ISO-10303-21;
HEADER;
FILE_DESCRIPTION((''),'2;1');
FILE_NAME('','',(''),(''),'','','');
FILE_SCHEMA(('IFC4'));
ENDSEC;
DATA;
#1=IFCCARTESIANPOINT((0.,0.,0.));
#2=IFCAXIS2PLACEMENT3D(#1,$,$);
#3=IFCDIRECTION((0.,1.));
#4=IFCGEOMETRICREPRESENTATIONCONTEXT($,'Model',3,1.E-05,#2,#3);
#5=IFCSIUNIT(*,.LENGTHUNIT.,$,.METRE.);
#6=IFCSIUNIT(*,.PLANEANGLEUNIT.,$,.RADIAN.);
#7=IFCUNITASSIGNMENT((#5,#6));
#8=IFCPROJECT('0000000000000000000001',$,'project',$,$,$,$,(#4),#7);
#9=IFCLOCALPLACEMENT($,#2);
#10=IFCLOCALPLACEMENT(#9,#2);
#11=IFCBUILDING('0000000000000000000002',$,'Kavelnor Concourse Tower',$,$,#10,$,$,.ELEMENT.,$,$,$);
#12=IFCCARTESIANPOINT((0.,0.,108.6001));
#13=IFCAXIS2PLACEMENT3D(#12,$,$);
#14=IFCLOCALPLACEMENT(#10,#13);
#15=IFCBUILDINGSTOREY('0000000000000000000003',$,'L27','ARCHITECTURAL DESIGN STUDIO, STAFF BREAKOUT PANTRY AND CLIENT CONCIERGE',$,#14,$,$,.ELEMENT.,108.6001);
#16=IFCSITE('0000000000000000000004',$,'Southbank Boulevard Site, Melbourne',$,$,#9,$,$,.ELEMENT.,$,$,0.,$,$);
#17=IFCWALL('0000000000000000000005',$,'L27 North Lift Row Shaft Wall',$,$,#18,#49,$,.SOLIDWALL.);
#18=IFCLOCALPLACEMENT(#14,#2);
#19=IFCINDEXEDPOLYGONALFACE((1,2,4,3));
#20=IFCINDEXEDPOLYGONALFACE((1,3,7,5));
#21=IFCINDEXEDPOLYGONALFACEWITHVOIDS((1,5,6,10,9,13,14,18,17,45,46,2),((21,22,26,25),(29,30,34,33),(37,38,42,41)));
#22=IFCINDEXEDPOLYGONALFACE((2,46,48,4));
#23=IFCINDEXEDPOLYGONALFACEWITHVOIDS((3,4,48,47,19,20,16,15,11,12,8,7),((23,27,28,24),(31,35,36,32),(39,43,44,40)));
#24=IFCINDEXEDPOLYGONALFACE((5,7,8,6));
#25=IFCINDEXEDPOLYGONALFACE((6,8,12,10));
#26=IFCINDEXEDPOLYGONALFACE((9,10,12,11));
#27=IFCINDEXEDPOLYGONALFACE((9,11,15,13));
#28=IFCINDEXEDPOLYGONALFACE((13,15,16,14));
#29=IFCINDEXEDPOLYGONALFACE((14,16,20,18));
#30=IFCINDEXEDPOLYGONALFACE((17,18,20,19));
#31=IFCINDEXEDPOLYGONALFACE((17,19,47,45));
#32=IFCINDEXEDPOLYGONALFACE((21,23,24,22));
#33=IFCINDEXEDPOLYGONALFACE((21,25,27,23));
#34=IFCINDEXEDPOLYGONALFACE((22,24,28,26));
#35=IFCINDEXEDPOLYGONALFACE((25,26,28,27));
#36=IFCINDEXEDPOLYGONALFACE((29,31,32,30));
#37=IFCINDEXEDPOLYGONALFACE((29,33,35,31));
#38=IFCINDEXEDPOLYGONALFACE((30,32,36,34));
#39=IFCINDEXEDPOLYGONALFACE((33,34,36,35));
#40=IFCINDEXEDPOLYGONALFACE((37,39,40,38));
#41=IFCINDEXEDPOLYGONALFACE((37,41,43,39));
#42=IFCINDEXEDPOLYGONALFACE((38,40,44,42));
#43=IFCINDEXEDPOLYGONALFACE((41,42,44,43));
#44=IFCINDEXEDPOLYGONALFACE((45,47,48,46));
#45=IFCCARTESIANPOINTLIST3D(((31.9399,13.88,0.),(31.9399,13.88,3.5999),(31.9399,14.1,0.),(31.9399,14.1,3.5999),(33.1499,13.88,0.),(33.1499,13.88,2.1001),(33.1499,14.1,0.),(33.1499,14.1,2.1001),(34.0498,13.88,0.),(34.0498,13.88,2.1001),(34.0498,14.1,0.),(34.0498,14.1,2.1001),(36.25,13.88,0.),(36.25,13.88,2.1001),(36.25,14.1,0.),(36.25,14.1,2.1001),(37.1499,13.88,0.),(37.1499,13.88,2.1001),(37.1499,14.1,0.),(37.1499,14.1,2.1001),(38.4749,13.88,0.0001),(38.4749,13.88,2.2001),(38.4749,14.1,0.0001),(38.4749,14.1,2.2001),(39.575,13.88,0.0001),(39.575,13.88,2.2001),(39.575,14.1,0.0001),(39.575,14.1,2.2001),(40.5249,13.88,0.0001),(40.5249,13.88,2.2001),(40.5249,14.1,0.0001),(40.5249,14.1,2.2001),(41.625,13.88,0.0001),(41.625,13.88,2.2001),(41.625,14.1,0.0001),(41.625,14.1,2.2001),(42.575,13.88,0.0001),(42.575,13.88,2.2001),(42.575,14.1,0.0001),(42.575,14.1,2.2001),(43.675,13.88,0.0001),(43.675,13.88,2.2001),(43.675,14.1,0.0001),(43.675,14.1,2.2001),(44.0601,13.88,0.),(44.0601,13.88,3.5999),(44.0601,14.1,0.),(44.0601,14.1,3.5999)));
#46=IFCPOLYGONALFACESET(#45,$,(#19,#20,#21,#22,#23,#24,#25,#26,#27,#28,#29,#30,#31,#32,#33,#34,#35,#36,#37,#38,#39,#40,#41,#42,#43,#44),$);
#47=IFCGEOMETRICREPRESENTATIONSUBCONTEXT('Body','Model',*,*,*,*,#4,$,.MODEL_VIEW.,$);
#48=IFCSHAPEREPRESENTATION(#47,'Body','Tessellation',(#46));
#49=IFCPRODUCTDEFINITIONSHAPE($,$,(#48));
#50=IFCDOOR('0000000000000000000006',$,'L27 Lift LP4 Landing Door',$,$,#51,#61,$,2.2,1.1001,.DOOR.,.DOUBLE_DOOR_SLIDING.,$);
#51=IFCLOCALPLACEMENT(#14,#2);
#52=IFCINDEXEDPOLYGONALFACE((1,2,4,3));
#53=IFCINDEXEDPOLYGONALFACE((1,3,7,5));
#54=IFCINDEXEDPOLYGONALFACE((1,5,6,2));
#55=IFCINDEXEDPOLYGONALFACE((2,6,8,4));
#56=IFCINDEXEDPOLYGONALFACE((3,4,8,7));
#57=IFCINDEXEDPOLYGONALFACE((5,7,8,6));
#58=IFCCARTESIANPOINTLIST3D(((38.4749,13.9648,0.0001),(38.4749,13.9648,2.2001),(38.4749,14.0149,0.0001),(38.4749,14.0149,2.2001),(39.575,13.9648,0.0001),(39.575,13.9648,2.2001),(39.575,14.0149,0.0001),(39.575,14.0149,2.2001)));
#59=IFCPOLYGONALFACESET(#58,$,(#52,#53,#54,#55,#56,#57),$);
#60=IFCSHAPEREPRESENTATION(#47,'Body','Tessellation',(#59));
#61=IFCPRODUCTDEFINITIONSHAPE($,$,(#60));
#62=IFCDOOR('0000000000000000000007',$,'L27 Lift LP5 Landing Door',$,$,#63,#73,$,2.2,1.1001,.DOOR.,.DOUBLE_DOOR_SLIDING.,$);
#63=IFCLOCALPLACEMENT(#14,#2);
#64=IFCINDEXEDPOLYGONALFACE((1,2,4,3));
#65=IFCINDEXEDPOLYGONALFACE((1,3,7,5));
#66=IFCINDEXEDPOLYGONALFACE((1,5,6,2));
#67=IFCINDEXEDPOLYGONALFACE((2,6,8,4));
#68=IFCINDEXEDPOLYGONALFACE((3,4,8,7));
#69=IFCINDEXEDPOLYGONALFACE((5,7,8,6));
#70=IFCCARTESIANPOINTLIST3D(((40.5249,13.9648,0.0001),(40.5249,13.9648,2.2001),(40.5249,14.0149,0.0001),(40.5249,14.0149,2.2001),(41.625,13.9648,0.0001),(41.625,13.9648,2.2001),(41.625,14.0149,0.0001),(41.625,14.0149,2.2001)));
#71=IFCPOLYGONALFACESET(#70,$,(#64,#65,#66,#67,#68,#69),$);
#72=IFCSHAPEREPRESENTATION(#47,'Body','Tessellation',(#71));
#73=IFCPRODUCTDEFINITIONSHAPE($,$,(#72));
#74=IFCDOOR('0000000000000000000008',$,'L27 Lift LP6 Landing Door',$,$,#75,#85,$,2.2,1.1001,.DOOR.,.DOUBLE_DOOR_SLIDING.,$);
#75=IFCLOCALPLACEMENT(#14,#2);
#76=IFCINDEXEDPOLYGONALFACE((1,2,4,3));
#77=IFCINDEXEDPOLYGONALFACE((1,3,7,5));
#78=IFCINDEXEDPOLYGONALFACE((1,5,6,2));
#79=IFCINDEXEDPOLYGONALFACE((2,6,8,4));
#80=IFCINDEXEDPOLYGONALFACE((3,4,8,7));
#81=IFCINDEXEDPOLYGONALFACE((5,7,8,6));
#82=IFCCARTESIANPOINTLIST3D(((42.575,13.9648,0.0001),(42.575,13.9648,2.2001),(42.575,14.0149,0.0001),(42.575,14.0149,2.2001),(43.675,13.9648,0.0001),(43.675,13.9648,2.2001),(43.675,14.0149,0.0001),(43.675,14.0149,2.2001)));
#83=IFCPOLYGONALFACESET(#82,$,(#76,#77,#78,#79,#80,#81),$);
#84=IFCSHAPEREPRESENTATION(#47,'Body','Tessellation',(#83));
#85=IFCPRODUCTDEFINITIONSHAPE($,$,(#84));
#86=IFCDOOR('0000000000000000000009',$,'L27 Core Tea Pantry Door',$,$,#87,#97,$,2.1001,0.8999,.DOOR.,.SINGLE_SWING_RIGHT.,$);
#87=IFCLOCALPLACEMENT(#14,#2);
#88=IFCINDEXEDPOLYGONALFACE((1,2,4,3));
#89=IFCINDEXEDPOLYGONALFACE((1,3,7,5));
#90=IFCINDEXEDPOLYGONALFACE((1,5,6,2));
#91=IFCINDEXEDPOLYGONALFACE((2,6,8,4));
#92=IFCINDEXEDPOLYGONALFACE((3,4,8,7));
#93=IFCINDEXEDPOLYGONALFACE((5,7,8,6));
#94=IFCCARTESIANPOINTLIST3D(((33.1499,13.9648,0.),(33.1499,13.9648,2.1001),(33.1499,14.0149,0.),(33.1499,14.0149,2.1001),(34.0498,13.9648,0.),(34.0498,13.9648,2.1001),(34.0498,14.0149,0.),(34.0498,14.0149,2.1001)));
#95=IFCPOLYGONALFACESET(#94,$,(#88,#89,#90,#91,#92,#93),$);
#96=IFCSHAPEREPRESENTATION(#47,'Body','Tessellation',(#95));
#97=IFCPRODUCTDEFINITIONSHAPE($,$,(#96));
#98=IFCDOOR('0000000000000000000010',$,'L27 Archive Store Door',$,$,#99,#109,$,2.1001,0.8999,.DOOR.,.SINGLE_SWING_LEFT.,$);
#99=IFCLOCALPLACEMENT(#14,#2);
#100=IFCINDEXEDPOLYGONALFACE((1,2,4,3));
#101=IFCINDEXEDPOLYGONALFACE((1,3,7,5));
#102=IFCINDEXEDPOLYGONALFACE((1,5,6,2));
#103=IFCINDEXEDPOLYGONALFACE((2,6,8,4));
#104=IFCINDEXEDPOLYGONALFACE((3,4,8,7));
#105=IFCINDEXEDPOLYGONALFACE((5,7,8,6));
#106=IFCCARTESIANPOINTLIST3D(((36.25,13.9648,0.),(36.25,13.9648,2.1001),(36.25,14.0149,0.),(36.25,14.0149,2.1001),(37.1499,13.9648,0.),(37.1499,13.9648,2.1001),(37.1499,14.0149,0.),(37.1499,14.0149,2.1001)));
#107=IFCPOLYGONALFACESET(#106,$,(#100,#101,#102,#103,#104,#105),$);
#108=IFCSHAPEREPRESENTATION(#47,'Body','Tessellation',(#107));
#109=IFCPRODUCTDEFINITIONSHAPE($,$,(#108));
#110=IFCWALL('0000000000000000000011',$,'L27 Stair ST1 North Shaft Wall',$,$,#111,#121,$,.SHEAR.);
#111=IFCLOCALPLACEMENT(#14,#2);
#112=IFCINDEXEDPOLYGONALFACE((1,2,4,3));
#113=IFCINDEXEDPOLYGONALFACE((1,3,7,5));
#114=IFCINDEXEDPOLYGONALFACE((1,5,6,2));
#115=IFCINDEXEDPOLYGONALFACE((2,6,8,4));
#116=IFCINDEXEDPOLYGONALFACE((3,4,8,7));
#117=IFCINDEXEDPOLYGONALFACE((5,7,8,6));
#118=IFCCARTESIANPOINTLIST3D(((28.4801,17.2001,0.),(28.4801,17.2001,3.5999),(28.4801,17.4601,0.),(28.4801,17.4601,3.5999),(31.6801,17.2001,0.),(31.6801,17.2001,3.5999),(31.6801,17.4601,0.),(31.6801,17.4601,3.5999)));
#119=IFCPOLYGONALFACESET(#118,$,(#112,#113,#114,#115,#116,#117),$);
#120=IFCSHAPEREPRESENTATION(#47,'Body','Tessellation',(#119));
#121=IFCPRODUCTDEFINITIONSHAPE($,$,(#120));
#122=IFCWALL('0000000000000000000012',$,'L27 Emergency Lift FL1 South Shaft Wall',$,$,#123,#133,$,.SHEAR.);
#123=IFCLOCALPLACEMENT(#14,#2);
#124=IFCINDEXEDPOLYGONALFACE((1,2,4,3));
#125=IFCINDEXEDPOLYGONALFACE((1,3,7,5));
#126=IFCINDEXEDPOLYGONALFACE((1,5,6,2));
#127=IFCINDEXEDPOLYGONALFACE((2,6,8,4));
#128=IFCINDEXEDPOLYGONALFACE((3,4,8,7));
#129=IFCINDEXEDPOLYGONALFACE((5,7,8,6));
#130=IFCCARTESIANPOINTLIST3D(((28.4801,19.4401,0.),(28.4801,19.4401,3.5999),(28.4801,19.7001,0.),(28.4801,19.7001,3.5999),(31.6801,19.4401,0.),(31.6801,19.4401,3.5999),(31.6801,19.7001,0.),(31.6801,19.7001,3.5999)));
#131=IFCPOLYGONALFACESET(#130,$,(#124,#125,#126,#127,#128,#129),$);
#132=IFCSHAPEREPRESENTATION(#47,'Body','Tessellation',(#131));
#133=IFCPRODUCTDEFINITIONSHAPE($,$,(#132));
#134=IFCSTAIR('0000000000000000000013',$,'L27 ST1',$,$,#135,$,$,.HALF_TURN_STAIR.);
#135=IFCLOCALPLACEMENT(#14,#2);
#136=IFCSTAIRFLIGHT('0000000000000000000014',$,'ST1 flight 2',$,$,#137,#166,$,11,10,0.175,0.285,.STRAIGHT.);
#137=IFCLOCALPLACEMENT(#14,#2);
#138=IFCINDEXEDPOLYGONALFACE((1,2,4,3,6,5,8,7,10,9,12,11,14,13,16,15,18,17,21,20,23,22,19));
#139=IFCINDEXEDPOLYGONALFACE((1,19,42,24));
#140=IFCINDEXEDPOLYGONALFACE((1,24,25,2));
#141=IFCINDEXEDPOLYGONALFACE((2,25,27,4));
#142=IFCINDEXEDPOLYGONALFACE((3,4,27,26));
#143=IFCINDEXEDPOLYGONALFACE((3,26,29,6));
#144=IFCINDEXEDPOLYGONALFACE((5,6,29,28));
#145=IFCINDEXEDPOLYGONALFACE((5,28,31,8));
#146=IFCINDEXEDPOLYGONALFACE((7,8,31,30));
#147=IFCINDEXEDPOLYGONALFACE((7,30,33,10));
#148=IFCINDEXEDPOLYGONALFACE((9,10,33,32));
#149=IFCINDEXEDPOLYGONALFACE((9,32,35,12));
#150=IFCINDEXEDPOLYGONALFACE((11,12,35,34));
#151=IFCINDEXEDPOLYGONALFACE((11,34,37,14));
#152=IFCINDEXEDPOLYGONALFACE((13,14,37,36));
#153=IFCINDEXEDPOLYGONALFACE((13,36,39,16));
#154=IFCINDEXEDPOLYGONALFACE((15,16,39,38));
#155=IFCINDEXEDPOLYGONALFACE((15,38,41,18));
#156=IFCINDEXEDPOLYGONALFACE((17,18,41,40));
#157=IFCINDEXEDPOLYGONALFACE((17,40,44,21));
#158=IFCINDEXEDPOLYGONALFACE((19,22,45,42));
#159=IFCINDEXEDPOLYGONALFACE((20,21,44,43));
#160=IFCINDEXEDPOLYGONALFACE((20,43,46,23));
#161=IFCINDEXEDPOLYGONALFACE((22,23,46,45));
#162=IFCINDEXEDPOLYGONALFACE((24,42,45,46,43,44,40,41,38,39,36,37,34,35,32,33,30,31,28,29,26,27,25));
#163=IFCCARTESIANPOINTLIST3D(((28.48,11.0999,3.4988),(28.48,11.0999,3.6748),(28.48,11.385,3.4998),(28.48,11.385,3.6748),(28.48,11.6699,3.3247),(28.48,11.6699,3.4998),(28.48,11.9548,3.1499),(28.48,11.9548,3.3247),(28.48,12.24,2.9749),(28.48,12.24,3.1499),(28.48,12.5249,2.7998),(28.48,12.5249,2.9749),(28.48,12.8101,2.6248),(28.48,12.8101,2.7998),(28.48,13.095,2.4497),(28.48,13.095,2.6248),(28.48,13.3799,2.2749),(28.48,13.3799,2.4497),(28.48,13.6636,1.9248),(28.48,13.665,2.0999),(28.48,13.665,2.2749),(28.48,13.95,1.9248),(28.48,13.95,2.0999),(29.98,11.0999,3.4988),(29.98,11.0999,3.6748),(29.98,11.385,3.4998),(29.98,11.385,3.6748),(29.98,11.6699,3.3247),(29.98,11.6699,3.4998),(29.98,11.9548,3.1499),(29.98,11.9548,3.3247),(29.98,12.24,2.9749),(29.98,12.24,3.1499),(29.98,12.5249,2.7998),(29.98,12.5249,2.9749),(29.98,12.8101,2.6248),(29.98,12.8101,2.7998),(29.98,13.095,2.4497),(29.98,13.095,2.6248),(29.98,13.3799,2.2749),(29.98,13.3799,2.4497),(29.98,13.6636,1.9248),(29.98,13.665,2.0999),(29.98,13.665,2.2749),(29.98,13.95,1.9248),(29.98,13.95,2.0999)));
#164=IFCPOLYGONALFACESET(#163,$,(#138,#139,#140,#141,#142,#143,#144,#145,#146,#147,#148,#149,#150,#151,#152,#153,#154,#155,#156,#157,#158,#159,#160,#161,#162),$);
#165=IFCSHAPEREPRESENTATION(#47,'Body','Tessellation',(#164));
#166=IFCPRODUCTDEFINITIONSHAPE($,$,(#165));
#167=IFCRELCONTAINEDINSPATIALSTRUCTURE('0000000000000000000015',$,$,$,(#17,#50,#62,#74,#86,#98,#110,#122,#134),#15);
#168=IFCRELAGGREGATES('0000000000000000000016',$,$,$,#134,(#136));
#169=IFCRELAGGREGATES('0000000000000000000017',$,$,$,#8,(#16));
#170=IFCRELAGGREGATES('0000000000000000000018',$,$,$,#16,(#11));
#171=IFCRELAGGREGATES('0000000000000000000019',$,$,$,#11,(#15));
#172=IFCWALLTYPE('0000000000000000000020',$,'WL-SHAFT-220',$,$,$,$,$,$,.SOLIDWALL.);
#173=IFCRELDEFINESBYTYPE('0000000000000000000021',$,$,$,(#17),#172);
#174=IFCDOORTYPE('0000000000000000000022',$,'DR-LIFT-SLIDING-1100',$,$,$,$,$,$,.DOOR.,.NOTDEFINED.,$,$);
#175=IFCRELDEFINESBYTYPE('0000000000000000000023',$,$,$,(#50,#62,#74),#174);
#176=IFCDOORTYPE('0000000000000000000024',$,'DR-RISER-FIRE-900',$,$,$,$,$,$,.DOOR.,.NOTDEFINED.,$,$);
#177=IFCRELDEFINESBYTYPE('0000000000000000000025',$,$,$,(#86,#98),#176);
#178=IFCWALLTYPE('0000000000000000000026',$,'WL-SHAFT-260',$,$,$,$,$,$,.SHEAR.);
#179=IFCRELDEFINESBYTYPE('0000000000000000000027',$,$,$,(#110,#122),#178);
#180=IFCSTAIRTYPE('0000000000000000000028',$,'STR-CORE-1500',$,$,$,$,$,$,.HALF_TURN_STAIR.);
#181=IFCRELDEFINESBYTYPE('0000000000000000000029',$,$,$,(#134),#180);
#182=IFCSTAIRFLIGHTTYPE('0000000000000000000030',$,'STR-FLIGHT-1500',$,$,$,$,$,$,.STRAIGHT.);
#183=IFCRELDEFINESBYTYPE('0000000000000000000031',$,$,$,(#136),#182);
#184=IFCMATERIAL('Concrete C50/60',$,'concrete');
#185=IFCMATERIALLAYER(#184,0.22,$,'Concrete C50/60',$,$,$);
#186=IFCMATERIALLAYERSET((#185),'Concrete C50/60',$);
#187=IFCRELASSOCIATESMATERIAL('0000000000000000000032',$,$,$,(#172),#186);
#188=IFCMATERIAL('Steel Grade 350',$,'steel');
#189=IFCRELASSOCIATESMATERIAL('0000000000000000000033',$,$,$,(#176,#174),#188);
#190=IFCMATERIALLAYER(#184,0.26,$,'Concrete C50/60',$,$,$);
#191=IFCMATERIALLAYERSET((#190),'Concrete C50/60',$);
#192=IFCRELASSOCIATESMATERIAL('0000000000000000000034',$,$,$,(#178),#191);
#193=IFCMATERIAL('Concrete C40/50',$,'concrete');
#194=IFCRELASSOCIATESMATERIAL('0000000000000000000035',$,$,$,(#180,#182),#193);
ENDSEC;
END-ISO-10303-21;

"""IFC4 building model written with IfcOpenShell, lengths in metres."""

from ifc_helpers import new_model, si_unit, direction, frame, frame_2d, origin, place, context, subcontext, project, spatial, polyline, rectangle, outline, extrude, material, layer, layer_set, type_object, element, fill, aggregate, save


model = new_model("IFC4")

# Units and contexts
model_context = context("Model", 3, precision=1e-05, world=origin(), true_north=direction((0.0, 1.0)))
body_context = subcontext(model_context, "Body", "Model", "MODEL_VIEW")
ifc_project = project(units=[si_unit("LENGTHUNIT", "METRE"), si_unit("PLANEANGLEUNIT", "RADIAN")], contexts=[model_context])

# Site, building, storey
site_placement = place(None, origin())
site = spatial("IfcSite", under=ifc_project, at=site_placement, Name="Southbank Boulevard Site, Melbourne", CompositionType="ELEMENT", RefElevation=0.0)
building_placement = place(site_placement, origin())
building = spatial("IfcBuilding", under=site, at=building_placement, Name="Kavelnor Concourse Tower", CompositionType="ELEMENT")
storey_placement = place(building_placement, frame((0.0, 0.0, 108.6001)))
storey = spatial("IfcBuildingStorey", under=building, at=storey_placement, Name="L27", Description="ARCHITECTURAL DESIGN STUDIO, STAFF BREAKOUT PANTRY AND CLIENT CONCIERGE", CompositionType="ELEMENT", Elevation=108.6001)

# Shared definitions
ifc_material_1 = material(Name="Steel Grade 350", Category="steel")

# Shared definitions
ifc_material_2 = material(Name="Concrete C50/60", Category="concrete")
ifc_layer_1 = layer(ifc_material_2, 0.22, Name="Concrete C50/60")
ifc_layer_set_1 = layer_set([ifc_layer_1], Name="Concrete C50/60")
wall_type_1 = type_object("IfcWallType", Name="WL-SHAFT-220", PredefinedType="SOLIDWALL", material=ifc_layer_set_1)
door_type_1 = type_object("IfcDoorType", Name="DR-RISER-FIRE-900", OperationType="NOTDEFINED", PredefinedType="DOOR", material=ifc_material_1)

# Wall, openings, doors
wall_1_placement = place(storey_placement, frame((31.9399, 13.99, 0.0), z_axis=(0.0, 0.0, 1.0), x_axis=(1.0, 0.0, 0.0)))
wall_1 = element("IfcWall", 1, at=wall_1_placement, inside=storey, type_object=wall_type_1, Name="L27 North Lift Row Shaft Wall", PredefinedType="SOLIDWALL", context=body_context, shape_type="SweptSolid", body=[
    extrude(rectangle(XDim=12.1201, YDim=0.22, at=frame_2d((6.0601, 0.0))), origin(), (0.0, 0.0, 1.0), 3.5999),
])
opening_1_placement = place(wall_1_placement, frame((1.21, 0.0, 0.0)))
opening_1 = element("IfcOpeningElement", 2, at=opening_1_placement, cuts=wall_1, PredefinedType="OPENING", context=body_context, shape_type="SweptSolid", body=[
    extrude(rectangle(XDim=0.8999, YDim=2.1001, at=frame_2d((0.45, 1.05))), frame((0.0, 0.1201, 0.0), z_axis=(0.0, -1.0, 0.0), x_axis=(1.0, 0.0, 0.0)), (0.0, 0.0, 1.0), 0.24),
])
opening_2_placement = place(wall_1_placement, frame((4.3101, 0.0, 0.0)))
opening_2 = element("IfcOpeningElement", 3, at=opening_2_placement, cuts=wall_1, PredefinedType="OPENING", context=body_context, shape_type="SweptSolid", body=[
    extrude(rectangle(XDim=0.8999, YDim=2.1001, at=frame_2d((0.45, 1.05))), frame((0.0, 0.1201, 0.0), z_axis=(0.0, -1.0, 0.0), x_axis=(1.0, 0.0, 0.0)), (0.0, 0.0, 1.0), 0.24),
])
opening_3_placement = place(wall_1_placement, frame((6.5349, 0.0, 0.0)))
opening_3 = element("IfcOpeningElement", 4, at=opening_3_placement, cuts=wall_1, PredefinedType="OPENING", context=body_context, shape_type="SweptSolid", body=[
    extrude(rectangle(XDim=1.1001, YDim=2.2, at=frame_2d((0.55, 1.1001))), frame((0.0, 0.1201, 0.0), z_axis=(0.0, -1.0, 0.0), x_axis=(1.0, 0.0, 0.0)), (0.0, 0.0, 1.0), 0.24),
])
opening_4_placement = place(wall_1_placement, frame((8.585, 0.0, 0.0)))
opening_4 = element("IfcOpeningElement", 5, at=opening_4_placement, cuts=wall_1, PredefinedType="OPENING", context=body_context, shape_type="SweptSolid", body=[
    extrude(rectangle(XDim=1.1001, YDim=2.2, at=frame_2d((0.55, 1.1001))), frame((0.0, 0.1201, 0.0), z_axis=(0.0, -1.0, 0.0), x_axis=(1.0, 0.0, 0.0)), (0.0, 0.0, 1.0), 0.24),
])
opening_5_placement = place(wall_1_placement, frame((10.635, 0.0, 0.0)))
opening_5 = element("IfcOpeningElement", 6, at=opening_5_placement, cuts=wall_1, PredefinedType="OPENING", context=body_context, shape_type="SweptSolid", body=[
    extrude(rectangle(XDim=1.1001, YDim=2.2, at=frame_2d((0.55, 1.1001))), frame((0.0, 0.1201, 0.0), z_axis=(0.0, -1.0, 0.0), x_axis=(1.0, 0.0, 0.0)), (0.0, 0.0, 1.0), 0.24),
])
door_type_2 = type_object("IfcDoorType", Name="DR-LIFT-SLIDING-1100", OperationType="NOTDEFINED", PredefinedType="DOOR", material=ifc_material_1)
door_1_placement = place(opening_3_placement, origin())
door_1 = element("IfcDoor", 7, at=door_1_placement, inside=storey, type_object=door_type_2, Name="L27 Lift LP4 Landing Door", OperationType="DOUBLE_DOOR_SLIDING", OverallHeight=2.2, OverallWidth=1.1001, PredefinedType="DOOR", context=body_context, shape_type="SweptSolid", body=[
    extrude(rectangle(XDim=1.1001, YDim=2.2, at=frame_2d((0.55, 1.1001))), frame((0.0, 0.0249, 0.0), z_axis=(0.0, -1.0, 0.0), x_axis=(1.0, 0.0, 0.0)), (0.0, 0.0, 1.0), 0.05),
])
fill(opening_3, door_1)
door_2_placement = place(opening_4_placement, origin())
door_2 = element("IfcDoor", 8, at=door_2_placement, inside=storey, type_object=door_type_2, Name="L27 Lift LP5 Landing Door", OperationType="DOUBLE_DOOR_SLIDING", OverallHeight=2.2, OverallWidth=1.1001, PredefinedType="DOOR", context=body_context, shape_type="SweptSolid", body=[
    extrude(rectangle(XDim=1.1001, YDim=2.2, at=frame_2d((0.55, 1.1001))), frame((0.0, 0.0249, 0.0), z_axis=(0.0, -1.0, 0.0), x_axis=(1.0, 0.0, 0.0)), (0.0, 0.0, 1.0), 0.05),
])
fill(opening_4, door_2)
door_3_placement = place(opening_5_placement, origin())
door_3 = element("IfcDoor", 9, at=door_3_placement, inside=storey, type_object=door_type_2, Name="L27 Lift LP6 Landing Door", OperationType="DOUBLE_DOOR_SLIDING", OverallHeight=2.2, OverallWidth=1.1001, PredefinedType="DOOR", context=body_context, shape_type="SweptSolid", body=[
    extrude(rectangle(XDim=1.1001, YDim=2.2, at=frame_2d((0.55, 1.1001))), frame((0.0, 0.0249, 0.0), z_axis=(0.0, -1.0, 0.0), x_axis=(1.0, 0.0, 0.0)), (0.0, 0.0, 1.0), 0.05),
])
fill(opening_5, door_3)
door_4_placement = place(opening_1_placement, origin())
door_4 = element("IfcDoor", 10, at=door_4_placement, inside=storey, type_object=door_type_1, Name="L27 Core Tea Pantry Door", OperationType="SINGLE_SWING_RIGHT", OverallHeight=2.1001, OverallWidth=0.8999, PredefinedType="DOOR", context=body_context, shape_type="SweptSolid", body=[
    extrude(rectangle(XDim=0.8999, YDim=2.1001, at=frame_2d((0.45, 1.05))), frame((0.0, 0.0249, 0.0), z_axis=(0.0, -1.0, 0.0), x_axis=(1.0, 0.0, 0.0)), (0.0, 0.0, 1.0), 0.05),
])
fill(opening_1, door_4)
door_5_placement = place(opening_2_placement, origin())
door_5 = element("IfcDoor", 11, at=door_5_placement, inside=storey, type_object=door_type_1, Name="L27 Archive Store Door", OperationType="SINGLE_SWING_LEFT", OverallHeight=2.1001, OverallWidth=0.8999, PredefinedType="DOOR", context=body_context, shape_type="SweptSolid", body=[
    extrude(rectangle(XDim=0.8999, YDim=2.1001, at=frame_2d((0.45, 1.05))), frame((0.0, 0.0249, 0.0), z_axis=(0.0, -1.0, 0.0), x_axis=(1.0, 0.0, 0.0)), (0.0, 0.0, 1.0), 0.05),
])
fill(opening_2, door_5)

# Walls
ifc_layer_2 = layer(ifc_material_2, 0.26, Name="Concrete C50/60")
ifc_layer_set_2 = layer_set([ifc_layer_2], Name="Concrete C50/60")
wall_type_2 = type_object("IfcWallType", Name="WL-SHAFT-260", PredefinedType="SHEAR", material=ifc_layer_set_2)
for number, where, z_axis, x_axis, name in (
    (12, (28.48, 17.3301, 0.0), (0.0, 0.0, 1.0), (1.0, 0.0, 0.0), "L27 Stair ST1 North Shaft Wall"),
    (13, (28.48, 19.5701, 0.0), (0.0, 0.0, 1.0), (1.0, 0.0, 0.0), "L27 Emergency Lift FL1 South Shaft Wall"),
):
    element("IfcWall", number, at=place(storey_placement, frame(where, z_axis=z_axis, x_axis=x_axis)), inside=storey, type_object=wall_type_2, Name=name, PredefinedType="SHEAR", context=body_context, shape_type="SweptSolid", body=[
        extrude(rectangle(XDim=3.2, YDim=0.26, at=frame_2d((1.6001, 0.0))), origin(), (0.0, 0.0, 1.0), 3.5999),
    ])

# Stair, stair flight
ifc_material_3 = material(Name="Concrete C40/50", Category="concrete")
stair_type = type_object("IfcStairType", Name="STR-CORE-1500", PredefinedType="HALF_TURN_STAIR", material=ifc_material_3)
stair_placement = place(storey_placement, origin())
stair = element("IfcStair", 14, at=stair_placement, inside=storey, type_object=stair_type, Name="L27 ST1", PredefinedType="HALF_TURN_STAIR")
stair_flight_type = type_object("IfcStairFlightType", Name="STR-FLIGHT-1500", PredefinedType="STRAIGHT", material=ifc_material_3)
stair_flight_placement = place(storey_placement, frame((29.23, 13.95, 1.9248), z_axis=(0.0, 0.0, 1.0), x_axis=(0.0, -1.0, 0.0)))
stair_flight = element("IfcStairFlight", 15, at=stair_flight_placement, type_object=stair_flight_type, Name="ST1 flight 2", NumberOfRisers=11, NumberOfTreads=10, PredefinedType="STRAIGHT", RiserHeight=0.175, TreadLength=0.285, context=body_context, shape_type="SweptSolid", body=[
    extrude(outline(polyline([(0.0, 0.0), (0.0, 0.175), (0.2849, 0.175), (0.2849, 0.3501), (0.5701, 0.3501), (0.5701, 0.5249), (0.855, 0.5249), (0.855, 0.7), (1.1399, 0.7), (1.1399, 0.875), (1.425, 0.875), (1.425, 1.05), (1.71, 1.05), (1.71, 1.2251), (1.9951, 1.2251), (1.9951, 1.3999), (2.28, 1.3999), (2.28, 1.575), (2.5649, 1.575), (2.5649, 1.75), (2.8501, 1.75), (2.8501, 1.925), (2.8501, 1.574), (0.2864, 0.0), (0.0, 0.0)])), frame((0.0, 0.75, 0.0), z_axis=(0.0, -1.0, 0.0), x_axis=(1.0, 0.0, 0.0)), (0.0, 0.0, 1.0), 1.5),
])
aggregate(stair, [stair_flight])

save(model, "model.ifc")
